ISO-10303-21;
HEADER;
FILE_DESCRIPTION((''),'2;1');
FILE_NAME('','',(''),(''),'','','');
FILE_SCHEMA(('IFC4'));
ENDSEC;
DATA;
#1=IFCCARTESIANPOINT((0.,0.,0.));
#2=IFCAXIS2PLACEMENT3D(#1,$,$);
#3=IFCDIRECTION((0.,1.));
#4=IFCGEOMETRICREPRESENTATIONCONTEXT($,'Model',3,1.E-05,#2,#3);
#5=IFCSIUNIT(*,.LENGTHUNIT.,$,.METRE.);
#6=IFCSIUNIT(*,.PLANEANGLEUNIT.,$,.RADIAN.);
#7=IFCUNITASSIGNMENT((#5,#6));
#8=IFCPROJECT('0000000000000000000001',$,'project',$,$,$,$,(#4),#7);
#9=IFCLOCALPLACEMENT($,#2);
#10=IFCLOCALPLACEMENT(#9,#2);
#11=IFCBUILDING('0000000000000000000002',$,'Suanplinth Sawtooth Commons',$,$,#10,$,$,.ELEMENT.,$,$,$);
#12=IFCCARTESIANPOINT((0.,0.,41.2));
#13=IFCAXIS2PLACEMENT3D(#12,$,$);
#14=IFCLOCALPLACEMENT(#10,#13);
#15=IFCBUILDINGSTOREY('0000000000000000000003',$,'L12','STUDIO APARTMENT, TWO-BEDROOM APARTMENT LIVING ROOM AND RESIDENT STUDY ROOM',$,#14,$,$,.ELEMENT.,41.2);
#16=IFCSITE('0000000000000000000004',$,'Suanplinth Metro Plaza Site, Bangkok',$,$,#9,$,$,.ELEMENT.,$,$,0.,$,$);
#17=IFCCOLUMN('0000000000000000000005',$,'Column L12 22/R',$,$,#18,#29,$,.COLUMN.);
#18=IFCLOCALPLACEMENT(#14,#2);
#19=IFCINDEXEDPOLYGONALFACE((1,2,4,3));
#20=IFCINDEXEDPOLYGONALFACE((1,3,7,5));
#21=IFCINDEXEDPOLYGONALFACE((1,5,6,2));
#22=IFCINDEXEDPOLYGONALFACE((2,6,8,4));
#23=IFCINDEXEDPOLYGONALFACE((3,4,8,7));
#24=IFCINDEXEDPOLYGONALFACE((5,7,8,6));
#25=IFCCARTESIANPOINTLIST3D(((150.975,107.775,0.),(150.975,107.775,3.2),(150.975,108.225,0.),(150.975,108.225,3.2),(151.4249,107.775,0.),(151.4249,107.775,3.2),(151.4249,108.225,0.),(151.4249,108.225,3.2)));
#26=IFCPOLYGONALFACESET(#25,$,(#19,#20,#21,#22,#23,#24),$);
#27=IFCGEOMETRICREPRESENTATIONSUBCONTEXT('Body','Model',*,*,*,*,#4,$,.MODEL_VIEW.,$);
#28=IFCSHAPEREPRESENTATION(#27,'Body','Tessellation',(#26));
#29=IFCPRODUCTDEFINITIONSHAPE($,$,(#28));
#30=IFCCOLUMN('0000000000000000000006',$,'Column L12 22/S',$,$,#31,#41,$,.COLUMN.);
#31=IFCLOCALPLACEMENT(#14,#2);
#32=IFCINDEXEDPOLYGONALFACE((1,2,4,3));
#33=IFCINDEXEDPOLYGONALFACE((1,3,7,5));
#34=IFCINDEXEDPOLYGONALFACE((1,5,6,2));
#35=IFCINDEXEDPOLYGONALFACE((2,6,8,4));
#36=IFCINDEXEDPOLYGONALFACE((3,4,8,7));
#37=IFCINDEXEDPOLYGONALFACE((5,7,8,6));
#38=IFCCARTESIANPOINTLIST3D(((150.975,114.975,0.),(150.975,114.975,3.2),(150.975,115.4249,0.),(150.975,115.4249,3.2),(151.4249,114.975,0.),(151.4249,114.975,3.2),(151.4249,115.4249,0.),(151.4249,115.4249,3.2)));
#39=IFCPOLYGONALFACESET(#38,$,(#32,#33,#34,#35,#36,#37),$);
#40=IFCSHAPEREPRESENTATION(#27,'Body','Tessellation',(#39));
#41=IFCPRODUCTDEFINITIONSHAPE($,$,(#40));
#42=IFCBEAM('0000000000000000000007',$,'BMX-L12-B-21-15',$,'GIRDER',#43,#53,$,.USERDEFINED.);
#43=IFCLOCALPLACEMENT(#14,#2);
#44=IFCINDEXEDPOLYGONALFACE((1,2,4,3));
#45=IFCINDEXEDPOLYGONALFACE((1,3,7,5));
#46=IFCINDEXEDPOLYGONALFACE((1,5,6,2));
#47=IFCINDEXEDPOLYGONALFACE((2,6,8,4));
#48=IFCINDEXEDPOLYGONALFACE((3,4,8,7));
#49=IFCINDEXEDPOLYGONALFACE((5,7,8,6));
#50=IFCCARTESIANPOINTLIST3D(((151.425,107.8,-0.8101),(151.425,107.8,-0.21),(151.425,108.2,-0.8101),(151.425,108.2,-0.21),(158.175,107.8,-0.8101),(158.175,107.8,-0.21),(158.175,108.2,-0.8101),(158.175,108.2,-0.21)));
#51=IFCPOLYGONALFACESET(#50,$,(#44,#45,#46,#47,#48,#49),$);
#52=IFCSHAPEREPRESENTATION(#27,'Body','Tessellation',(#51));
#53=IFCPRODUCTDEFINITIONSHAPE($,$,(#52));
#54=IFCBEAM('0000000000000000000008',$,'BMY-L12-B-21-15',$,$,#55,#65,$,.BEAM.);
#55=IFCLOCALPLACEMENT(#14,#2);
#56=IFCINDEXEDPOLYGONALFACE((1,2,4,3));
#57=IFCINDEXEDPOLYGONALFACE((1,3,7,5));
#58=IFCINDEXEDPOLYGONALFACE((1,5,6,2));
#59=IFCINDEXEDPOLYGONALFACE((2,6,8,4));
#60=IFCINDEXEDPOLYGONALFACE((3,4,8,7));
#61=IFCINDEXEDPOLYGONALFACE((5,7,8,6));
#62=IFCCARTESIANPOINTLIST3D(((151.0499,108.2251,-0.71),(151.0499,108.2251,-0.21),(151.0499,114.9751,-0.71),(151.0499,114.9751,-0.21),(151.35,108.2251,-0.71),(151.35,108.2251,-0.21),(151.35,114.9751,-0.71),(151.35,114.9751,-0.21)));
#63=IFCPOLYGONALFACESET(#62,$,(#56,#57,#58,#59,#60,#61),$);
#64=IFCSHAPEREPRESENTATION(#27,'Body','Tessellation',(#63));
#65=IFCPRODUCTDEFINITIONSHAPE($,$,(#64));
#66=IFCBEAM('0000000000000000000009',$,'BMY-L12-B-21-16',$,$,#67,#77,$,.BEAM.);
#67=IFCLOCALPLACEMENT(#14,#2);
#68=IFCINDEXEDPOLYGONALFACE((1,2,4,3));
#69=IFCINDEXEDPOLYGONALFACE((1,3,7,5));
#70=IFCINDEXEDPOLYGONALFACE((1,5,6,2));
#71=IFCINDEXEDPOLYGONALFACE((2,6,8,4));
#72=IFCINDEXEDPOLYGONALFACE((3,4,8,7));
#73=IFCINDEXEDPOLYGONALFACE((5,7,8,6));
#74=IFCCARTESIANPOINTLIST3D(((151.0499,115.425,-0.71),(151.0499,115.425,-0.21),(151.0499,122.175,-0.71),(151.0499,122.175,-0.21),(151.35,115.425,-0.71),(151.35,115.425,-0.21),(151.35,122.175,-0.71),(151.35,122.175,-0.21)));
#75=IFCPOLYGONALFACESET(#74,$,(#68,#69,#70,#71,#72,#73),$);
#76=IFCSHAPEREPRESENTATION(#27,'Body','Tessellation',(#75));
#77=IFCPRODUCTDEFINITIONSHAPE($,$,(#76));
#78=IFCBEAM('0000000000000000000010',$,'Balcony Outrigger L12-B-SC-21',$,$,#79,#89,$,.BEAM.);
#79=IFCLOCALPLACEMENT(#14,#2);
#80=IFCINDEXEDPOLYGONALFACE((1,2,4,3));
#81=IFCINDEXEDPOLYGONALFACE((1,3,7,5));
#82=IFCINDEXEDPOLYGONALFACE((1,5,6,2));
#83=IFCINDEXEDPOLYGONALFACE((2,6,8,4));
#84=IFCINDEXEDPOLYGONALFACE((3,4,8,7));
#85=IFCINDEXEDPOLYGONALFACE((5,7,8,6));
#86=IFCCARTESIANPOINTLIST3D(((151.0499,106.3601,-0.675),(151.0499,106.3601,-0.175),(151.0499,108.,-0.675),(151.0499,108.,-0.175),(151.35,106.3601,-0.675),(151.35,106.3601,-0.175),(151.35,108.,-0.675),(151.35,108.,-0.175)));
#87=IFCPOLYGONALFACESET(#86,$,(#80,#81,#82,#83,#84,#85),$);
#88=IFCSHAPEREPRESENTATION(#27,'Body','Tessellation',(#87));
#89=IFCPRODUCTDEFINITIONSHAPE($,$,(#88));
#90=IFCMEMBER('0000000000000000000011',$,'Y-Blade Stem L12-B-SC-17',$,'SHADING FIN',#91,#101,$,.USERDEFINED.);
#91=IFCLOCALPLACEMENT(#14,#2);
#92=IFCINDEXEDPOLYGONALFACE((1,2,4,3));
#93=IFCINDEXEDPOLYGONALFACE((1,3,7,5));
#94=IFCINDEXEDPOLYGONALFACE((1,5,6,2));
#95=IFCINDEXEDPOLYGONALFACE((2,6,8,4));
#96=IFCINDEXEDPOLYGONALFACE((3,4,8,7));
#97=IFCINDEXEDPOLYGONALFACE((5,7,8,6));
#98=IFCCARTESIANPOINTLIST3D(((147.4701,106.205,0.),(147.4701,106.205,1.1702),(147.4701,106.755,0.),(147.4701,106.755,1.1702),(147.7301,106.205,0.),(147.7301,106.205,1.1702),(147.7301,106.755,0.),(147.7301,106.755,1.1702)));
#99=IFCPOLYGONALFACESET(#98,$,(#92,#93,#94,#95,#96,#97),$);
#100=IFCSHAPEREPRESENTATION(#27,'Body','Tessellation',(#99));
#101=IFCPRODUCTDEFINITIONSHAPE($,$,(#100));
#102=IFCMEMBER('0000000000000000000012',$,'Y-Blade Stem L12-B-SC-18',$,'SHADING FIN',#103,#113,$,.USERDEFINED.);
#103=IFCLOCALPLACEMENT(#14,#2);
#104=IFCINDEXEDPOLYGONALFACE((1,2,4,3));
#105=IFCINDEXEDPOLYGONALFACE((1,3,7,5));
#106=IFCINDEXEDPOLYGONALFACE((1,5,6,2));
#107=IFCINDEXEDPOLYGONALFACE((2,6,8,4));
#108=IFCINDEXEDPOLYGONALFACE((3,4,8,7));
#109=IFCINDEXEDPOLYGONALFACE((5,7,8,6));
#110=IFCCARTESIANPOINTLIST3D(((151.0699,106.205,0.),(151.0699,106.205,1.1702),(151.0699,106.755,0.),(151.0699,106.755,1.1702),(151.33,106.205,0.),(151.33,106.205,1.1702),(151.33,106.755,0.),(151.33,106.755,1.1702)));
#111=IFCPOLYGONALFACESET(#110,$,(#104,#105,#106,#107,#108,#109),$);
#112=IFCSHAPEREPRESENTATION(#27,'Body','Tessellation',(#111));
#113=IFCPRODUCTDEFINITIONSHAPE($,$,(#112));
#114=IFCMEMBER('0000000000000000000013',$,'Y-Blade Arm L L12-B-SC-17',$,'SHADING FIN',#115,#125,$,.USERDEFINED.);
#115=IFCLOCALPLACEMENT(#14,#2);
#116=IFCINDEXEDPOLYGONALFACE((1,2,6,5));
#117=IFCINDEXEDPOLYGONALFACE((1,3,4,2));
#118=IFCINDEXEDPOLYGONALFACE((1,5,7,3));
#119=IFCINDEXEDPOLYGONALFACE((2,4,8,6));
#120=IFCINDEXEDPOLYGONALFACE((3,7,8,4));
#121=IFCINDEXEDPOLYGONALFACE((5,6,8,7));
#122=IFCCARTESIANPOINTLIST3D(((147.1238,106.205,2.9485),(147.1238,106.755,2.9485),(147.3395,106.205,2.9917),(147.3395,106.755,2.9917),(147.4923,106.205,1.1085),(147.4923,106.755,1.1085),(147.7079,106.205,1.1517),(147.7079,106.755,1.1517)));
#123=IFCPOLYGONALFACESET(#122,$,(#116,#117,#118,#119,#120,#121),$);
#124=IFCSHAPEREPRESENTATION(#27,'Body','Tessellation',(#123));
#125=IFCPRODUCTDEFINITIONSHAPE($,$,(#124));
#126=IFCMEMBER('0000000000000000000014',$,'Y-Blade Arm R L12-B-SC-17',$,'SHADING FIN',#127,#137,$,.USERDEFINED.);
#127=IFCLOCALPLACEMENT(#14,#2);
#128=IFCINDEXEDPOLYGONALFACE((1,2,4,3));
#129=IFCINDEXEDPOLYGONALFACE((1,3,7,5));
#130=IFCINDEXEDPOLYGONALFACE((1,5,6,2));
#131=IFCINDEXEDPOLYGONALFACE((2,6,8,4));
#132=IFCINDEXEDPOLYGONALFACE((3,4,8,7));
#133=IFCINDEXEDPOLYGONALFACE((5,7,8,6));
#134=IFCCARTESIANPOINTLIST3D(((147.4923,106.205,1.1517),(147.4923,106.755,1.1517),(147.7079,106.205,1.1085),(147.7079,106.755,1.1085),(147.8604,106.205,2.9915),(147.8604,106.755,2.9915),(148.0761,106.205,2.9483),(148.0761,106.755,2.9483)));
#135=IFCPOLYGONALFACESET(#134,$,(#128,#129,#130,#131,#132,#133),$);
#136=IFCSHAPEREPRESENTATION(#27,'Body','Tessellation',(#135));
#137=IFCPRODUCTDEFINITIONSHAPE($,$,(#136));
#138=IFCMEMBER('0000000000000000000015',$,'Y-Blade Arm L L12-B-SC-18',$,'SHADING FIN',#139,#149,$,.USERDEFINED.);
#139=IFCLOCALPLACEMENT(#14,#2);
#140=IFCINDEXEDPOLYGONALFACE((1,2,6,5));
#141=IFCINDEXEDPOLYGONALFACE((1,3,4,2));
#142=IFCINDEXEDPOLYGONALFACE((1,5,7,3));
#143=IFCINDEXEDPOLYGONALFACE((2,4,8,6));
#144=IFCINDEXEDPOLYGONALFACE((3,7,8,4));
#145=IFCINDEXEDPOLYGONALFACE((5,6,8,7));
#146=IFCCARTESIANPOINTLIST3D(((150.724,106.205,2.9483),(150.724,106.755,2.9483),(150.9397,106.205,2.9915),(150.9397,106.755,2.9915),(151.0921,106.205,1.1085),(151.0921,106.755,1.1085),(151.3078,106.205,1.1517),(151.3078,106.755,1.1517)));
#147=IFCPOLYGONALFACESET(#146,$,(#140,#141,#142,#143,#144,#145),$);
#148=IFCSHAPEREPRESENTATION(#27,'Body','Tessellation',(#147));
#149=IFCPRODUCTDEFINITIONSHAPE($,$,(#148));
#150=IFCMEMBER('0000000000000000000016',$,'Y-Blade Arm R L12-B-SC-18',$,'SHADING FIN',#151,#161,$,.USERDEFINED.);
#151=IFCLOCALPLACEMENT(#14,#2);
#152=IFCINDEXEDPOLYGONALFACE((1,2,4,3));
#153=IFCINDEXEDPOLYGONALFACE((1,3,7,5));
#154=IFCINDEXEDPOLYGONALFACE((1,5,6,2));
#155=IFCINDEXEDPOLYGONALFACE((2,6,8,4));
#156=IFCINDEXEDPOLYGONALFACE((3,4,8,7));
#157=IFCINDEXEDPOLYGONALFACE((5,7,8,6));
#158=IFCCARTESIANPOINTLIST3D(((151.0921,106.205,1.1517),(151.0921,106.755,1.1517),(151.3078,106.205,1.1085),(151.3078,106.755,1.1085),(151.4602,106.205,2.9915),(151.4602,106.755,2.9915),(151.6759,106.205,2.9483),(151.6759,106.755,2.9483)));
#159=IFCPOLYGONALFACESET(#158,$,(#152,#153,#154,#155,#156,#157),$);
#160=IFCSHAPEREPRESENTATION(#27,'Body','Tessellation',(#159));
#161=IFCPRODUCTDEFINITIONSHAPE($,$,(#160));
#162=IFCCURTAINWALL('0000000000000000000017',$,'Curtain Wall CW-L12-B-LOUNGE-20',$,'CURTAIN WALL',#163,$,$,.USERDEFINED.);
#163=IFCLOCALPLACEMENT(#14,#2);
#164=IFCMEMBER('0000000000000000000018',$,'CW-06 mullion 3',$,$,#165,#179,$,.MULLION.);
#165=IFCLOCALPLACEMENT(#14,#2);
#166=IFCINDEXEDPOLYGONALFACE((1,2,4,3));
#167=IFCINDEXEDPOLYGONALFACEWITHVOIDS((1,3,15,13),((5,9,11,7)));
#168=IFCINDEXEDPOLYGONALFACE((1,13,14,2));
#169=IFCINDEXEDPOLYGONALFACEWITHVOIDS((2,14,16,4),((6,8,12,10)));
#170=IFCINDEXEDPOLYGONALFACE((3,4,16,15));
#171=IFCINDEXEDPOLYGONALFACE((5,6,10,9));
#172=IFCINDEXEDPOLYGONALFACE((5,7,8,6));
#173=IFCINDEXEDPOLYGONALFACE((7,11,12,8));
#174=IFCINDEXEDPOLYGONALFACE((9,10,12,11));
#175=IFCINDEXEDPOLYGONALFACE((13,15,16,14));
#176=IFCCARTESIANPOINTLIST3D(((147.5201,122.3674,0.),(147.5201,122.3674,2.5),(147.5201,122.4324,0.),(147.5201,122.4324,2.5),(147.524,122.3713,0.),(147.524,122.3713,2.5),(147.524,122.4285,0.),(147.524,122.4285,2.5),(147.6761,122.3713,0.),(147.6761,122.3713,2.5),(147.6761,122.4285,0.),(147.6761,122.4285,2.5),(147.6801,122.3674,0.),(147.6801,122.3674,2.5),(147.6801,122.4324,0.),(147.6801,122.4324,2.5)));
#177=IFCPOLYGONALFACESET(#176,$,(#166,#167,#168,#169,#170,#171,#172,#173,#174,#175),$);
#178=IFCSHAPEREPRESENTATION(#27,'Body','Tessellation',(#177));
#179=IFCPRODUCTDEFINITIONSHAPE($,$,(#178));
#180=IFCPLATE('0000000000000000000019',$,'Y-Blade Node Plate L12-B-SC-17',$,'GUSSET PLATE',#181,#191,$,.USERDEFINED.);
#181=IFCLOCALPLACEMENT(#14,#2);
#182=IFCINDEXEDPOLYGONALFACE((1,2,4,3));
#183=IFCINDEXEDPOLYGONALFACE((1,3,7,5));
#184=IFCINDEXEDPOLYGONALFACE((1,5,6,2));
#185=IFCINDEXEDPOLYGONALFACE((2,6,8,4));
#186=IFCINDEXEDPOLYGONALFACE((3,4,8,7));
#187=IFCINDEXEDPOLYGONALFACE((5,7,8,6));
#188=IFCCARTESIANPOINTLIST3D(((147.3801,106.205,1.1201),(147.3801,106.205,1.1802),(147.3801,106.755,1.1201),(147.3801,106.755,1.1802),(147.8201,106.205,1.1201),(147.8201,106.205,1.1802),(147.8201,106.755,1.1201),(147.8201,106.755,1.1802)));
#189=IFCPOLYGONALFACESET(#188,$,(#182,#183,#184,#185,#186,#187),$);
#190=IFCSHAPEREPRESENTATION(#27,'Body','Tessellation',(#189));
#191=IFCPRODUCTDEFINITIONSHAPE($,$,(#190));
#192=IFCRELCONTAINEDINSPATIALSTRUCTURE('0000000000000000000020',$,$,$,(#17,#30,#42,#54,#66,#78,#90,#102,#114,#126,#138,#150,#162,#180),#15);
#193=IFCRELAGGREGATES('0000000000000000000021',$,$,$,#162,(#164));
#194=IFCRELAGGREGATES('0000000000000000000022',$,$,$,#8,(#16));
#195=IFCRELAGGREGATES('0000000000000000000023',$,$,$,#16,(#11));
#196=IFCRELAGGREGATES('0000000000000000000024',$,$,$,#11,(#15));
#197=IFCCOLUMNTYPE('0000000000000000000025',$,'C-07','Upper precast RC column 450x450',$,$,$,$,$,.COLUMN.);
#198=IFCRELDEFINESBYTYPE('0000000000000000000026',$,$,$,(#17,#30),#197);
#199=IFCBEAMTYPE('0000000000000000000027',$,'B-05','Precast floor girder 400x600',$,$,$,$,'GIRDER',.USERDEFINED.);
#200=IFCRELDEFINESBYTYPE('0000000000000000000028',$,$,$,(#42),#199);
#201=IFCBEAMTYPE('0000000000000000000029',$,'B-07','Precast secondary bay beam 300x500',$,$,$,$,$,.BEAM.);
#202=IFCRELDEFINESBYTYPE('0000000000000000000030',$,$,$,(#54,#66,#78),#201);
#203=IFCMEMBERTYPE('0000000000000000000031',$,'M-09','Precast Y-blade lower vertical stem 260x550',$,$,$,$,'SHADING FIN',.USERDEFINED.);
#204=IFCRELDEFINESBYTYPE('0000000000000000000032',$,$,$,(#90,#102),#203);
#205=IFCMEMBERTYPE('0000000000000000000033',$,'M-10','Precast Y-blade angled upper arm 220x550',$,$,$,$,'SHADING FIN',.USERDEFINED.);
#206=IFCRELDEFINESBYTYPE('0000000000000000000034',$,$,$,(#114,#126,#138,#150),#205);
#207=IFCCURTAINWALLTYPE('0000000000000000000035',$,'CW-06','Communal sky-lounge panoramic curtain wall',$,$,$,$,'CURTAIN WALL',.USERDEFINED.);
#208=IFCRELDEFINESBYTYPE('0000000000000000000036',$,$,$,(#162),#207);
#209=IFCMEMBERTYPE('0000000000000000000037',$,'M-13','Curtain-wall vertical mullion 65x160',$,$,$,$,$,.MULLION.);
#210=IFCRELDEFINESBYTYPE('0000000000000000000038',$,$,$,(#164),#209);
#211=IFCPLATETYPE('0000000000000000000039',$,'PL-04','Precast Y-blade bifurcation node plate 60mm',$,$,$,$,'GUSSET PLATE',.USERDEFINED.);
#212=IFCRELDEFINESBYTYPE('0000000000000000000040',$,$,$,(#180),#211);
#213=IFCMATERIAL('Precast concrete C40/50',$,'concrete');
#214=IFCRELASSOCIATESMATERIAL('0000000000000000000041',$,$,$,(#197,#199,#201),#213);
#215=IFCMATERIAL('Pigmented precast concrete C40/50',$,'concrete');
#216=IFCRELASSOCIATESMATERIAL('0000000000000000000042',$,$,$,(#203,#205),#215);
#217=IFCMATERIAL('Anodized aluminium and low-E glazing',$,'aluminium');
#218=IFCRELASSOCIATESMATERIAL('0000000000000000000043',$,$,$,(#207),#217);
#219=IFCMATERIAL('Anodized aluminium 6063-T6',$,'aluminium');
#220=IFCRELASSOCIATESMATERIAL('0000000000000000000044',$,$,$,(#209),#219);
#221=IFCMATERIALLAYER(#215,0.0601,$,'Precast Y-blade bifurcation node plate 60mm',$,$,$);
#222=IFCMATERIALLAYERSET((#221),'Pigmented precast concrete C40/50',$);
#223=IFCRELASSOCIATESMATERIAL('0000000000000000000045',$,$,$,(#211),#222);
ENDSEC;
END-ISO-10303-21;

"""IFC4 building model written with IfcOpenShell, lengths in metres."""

from ifc_helpers import new_model, si_unit, direction, frame, origin, origin_2d, place, context, subcontext, project, spatial, rectangle, hollow_rectangle, extrude, material, layer, layer_set, material_profile, profile_set, type_object, element, aggregate, save


model = new_model("IFC4")

# Units and contexts
model_context = context("Model", 3, precision=1e-05, world=origin(), true_north=direction((0.0, 1.0)))
body_context = subcontext(model_context, "Body", "Model", "MODEL_VIEW")
ifc_project = project(units=[si_unit("LENGTHUNIT", "METRE"), si_unit("PLANEANGLEUNIT", "RADIAN")], contexts=[model_context])

# Site, building, storey
site_placement = place(None, origin())
site = spatial("IfcSite", under=ifc_project, at=site_placement, Name="Suanplinth Metro Plaza Site, Bangkok", CompositionType="ELEMENT", RefElevation=0.0)
building_placement = place(site_placement, origin())
building = spatial("IfcBuilding", under=site, at=building_placement, Name="Suanplinth Sawtooth Commons", CompositionType="ELEMENT")
storey_placement = place(building_placement, frame((0.0, 0.0, 41.2)))
storey = spatial("IfcBuildingStorey", under=building, at=storey_placement, Name="L12", Description="STUDIO APARTMENT, TWO-BEDROOM APARTMENT LIVING ROOM AND RESIDENT STUDY ROOM", CompositionType="ELEMENT", Elevation=41.2)

# Columns
ifc_material_1 = material(Name="Precast concrete C40/50", Category="concrete")
ifc_material_profile_1 = material_profile(ifc_material_1, rectangle(XDim=0.45, YDim=0.45, at=origin_2d()), Name="PC-COL 450x450")
ifc_profile_set_1 = profile_set([ifc_material_profile_1], Name="Precast concrete C40/50")
column_type = type_object("IfcColumnType", Name="C-07", Description="Upper precast RC column 450x450", PredefinedType="COLUMN", material=ifc_profile_set_1)
for number, where, z_axis, x_axis, name in (
    (1, (151.2, 108.0, 0.0), (0.0, 0.0, 1.0), (1.0, 0.0, 0.0), "Column L12 22/R"),
    (2, (151.2, 115.2, 0.0), (0.0, 0.0, 1.0), (1.0, 0.0, 0.0), "Column L12 22/S"),
):
    element("IfcColumn", number, at=place(storey_placement, frame(where, z_axis=z_axis, x_axis=x_axis)), inside=storey, type_object=column_type, Name=name, PredefinedType="COLUMN", context=body_context, shape_type="SweptSolid", body=[
        extrude(rectangle(XDim=0.45, YDim=0.45, at=origin_2d()), origin(), (0.0, 0.0, 1.0), 3.2),
    ])

# Beams
ifc_material_profile_2 = material_profile(ifc_material_1, rectangle(XDim=0.3999, YDim=0.6001, at=origin_2d()), Name="PC-GDR 400x600")
ifc_profile_set_2 = profile_set([ifc_material_profile_2], Name="Precast concrete C40/50")
beam_type_1 = type_object("IfcBeamType", Name="B-05", Description="Precast floor girder 400x600", ElementType="GIRDER", PredefinedType="USERDEFINED", material=ifc_profile_set_2)
beam_1_placement = place(storey_placement, frame((151.425, 108.0, -0.51), z_axis=(1.0, 0.0, 0.0), x_axis=(0.0, 1.0, 0.0)))
element("IfcBeam", 3, at=beam_1_placement, inside=storey, type_object=beam_type_1, Name="BMX-L12-B-21-15", ObjectType="GIRDER", PredefinedType="USERDEFINED", context=body_context, shape_type="SweptSolid", body=[
    extrude(rectangle(XDim=0.3999, YDim=0.6001, at=origin_2d()), origin(), (0.0, 0.0, 1.0), 6.75),
])
ifc_material_profile_3 = material_profile(ifc_material_1, rectangle(XDim=0.3, YDim=0.5, at=origin_2d()), Name="PC-BM 300x500")
ifc_profile_set_3 = profile_set([ifc_material_profile_3], Name="Precast concrete C40/50")
beam_type_2 = type_object("IfcBeamType", Name="B-07", Description="Precast secondary bay beam 300x500", PredefinedType="BEAM", material=ifc_profile_set_3)
for number, where, z_axis, x_axis, name in (
    (4, (151.2, 108.2251, -0.46), (0.0, 1.0, 0.0), (-1.0, 0.0, 0.0), "BMY-L12-B-21-15"),
    (5, (151.2, 115.425, -0.46), (0.0, 1.0, 0.0), (-1.0, 0.0, 0.0), "BMY-L12-B-21-16"),
):
    element("IfcBeam", number, at=place(storey_placement, frame(where, z_axis=z_axis, x_axis=x_axis)), inside=storey, type_object=beam_type_2, Name=name, PredefinedType="BEAM", context=body_context, shape_type="SweptSolid", body=[
        extrude(rectangle(XDim=0.3, YDim=0.5, at=origin_2d()), origin(), (0.0, 0.0, 1.0), 6.75),
    ])
beam_2_placement = place(storey_placement, frame((151.2, 108.0, -0.425), z_axis=(0.0, -1.0, 0.0), x_axis=(1.0, 0.0, 0.0)))
element("IfcBeam", 6, at=beam_2_placement, inside=storey, type_object=beam_type_2, Name="Balcony Outrigger L12-B-SC-21", PredefinedType="BEAM", context=body_context, shape_type="SweptSolid", body=[
    extrude(rectangle(XDim=0.3, YDim=0.5, at=origin_2d()), origin(), (0.0, 0.0, 1.0), 1.6399),
])

# Members
ifc_material_2 = material(Name="Pigmented precast concrete C40/50", Category="concrete")
ifc_material_profile_4 = material_profile(ifc_material_2, rectangle(XDim=0.26, YDim=0.55, at=origin_2d()), Name="PC-FIN 260x550")
ifc_profile_set_4 = profile_set([ifc_material_profile_4], Name="Pigmented precast concrete C40/50")
member_type_1 = type_object("IfcMemberType", Name="M-09", Description="Precast Y-blade lower vertical stem 260x550", ElementType="SHADING FIN", PredefinedType="USERDEFINED", material=ifc_profile_set_4)
for number, where, z_axis, x_axis, name in (
    (7, (147.6001, 106.48, 0.0), (0.0, 0.0, 1.0), (1.0, 0.0, 0.0), "Y-Blade Stem L12-B-SC-17"),
    (8, (151.2, 106.48, 0.0), (0.0, 0.0, 1.0), (1.0, 0.0, 0.0), "Y-Blade Stem L12-B-SC-18"),
):
    element("IfcMember", number, at=place(storey_placement, frame(where, z_axis=z_axis, x_axis=x_axis)), inside=storey, type_object=member_type_1, Name=name, ObjectType="SHADING FIN", PredefinedType="USERDEFINED", context=body_context, shape_type="SweptSolid", body=[
        extrude(rectangle(XDim=0.26, YDim=0.55, at=origin_2d()), origin(), (0.0, 0.0, 1.0), 1.1702),
    ])
ifc_material_profile_5 = material_profile(ifc_material_2, rectangle(XDim=0.22, YDim=0.55, at=origin_2d()), Name="PC-FIN 220x550")
ifc_profile_set_5 = profile_set([ifc_material_profile_5], Name="Pigmented precast concrete C40/50")
member_type_2 = type_object("IfcMemberType", Name="M-10", Description="Precast Y-blade angled upper arm 220x550", ElementType="SHADING FIN", PredefinedType="USERDEFINED", material=ifc_profile_set_5)
member_1_placement = place(storey_placement, frame((147.6001, 106.48, 1.1301), z_axis=(-0.196341, 0.0, 0.980536), x_axis=(0.980536, 0.0, 0.196341)))
element("IfcMember", 9, at=member_1_placement, inside=storey, type_object=member_type_2, Name="Y-Blade Arm L L12-B-SC-17", ObjectType="SHADING FIN", PredefinedType="USERDEFINED", context=body_context, shape_type="SweptSolid", body=[
    extrude(rectangle(XDim=0.22, YDim=0.55, at=origin_2d()), origin(), (0.0, 0.0, 1.0), 1.8765),
])
for number, where, z_axis, x_axis, name in (
    (10, (147.6001, 106.48, 1.1301), (0.196216, 0.0, 0.980561), (-0.980561, 0.0, 0.196216), "Y-Blade Arm R L12-B-SC-17"),
    (11, (151.2, 106.48, 1.1301), (-0.196216, 0.0, 0.980561), (0.980561, 0.0, 0.196216), "Y-Blade Arm L L12-B-SC-18"),
    (12, (151.2, 106.48, 1.1301), (0.196216, 0.0, 0.980561), (-0.980561, 0.0, 0.196216), "Y-Blade Arm R L12-B-SC-18"),
):
    element("IfcMember", number, at=place(storey_placement, frame(where, z_axis=z_axis, x_axis=x_axis)), inside=storey, type_object=member_type_2, Name=name, ObjectType="SHADING FIN", PredefinedType="USERDEFINED", context=body_context, shape_type="SweptSolid", body=[
        extrude(rectangle(XDim=0.22, YDim=0.55, at=origin_2d()), origin(), (0.0, 0.0, 1.0), 1.8762),
    ])

# Curtain wall, member
ifc_material_3 = material(Name="Anodized aluminium and low-E glazing", Category="aluminium")
curtain_wall_type = type_object("IfcCurtainWallType", Name="CW-06", Description="Communal sky-lounge panoramic curtain wall", ElementType="CURTAIN WALL", PredefinedType="USERDEFINED", material=ifc_material_3)
curtain_wall_placement = place(storey_placement, origin())
curtain_wall = element("IfcCurtainWall", 13, at=curtain_wall_placement, inside=storey, type_object=curtain_wall_type, Name="Curtain Wall CW-L12-B-LOUNGE-20", ObjectType="CURTAIN WALL", PredefinedType="USERDEFINED")
ifc_material_4 = material(Name="Anodized aluminium 6063-T6", Category="aluminium")
ifc_material_profile_6 = material_profile(ifc_material_4, hollow_rectangle(XDim=0.0649, YDim=0.1599, WallThickness=0.0039, at=origin_2d()), Name="ALU-MUL 65x160")
ifc_profile_set_6 = profile_set([ifc_material_profile_6], Name="Anodized aluminium 6063-T6")
member_type_3 = type_object("IfcMemberType", Name="M-13", Description="Curtain-wall vertical mullion 65x160", PredefinedType="MULLION", material=ifc_profile_set_6)
member_2_placement = place(storey_placement, frame((147.6001, 122.3999, 0.0), z_axis=(0.0, 0.0, 1.0), x_axis=(0.0, 1.0, 0.0)))
member_2 = element("IfcMember", 14, at=member_2_placement, type_object=member_type_3, Name="CW-06 mullion 3", PredefinedType="MULLION", context=body_context, shape_type="SweptSolid", body=[
    extrude(hollow_rectangle(XDim=0.0649, YDim=0.1599, WallThickness=0.0039, at=origin_2d()), origin(), (0.0, 0.0, 1.0), 2.5),
])

# Plate
ifc_layer_1 = layer(ifc_material_2, 0.0601, Name="Precast Y-blade bifurcation node plate 60mm")
ifc_layer_set_1 = layer_set([ifc_layer_1], Name="Pigmented precast concrete C40/50")
plate_type_1 = type_object("IfcPlateType", Name="PL-04", Description="Precast Y-blade bifurcation node plate 60mm", ElementType="GUSSET PLATE", PredefinedType="USERDEFINED", material=ifc_layer_set_1)
for number, where, z_axis, x_axis, name in (
    (15, (147.6001, 106.48, 1.1201), (0.0, 0.0, 1.0), (1.0, 0.0, 0.0), "Y-Blade Node Plate L12-B-SC-17"),
):
    element("IfcPlate", number, at=place(storey_placement, frame(where, z_axis=z_axis, x_axis=x_axis)), inside=storey, type_object=plate_type_1, Name=name, ObjectType="GUSSET PLATE", PredefinedType="USERDEFINED", context=body_context, shape_type="SweptSolid", body=[
        extrude(rectangle(XDim=0.4399, YDim=0.55, at=origin_2d()), origin(), (0.0, 0.0, 1.0), 0.0601),
    ])

aggregate(curtain_wall, [member_2])

save(model, "model.ifc")
